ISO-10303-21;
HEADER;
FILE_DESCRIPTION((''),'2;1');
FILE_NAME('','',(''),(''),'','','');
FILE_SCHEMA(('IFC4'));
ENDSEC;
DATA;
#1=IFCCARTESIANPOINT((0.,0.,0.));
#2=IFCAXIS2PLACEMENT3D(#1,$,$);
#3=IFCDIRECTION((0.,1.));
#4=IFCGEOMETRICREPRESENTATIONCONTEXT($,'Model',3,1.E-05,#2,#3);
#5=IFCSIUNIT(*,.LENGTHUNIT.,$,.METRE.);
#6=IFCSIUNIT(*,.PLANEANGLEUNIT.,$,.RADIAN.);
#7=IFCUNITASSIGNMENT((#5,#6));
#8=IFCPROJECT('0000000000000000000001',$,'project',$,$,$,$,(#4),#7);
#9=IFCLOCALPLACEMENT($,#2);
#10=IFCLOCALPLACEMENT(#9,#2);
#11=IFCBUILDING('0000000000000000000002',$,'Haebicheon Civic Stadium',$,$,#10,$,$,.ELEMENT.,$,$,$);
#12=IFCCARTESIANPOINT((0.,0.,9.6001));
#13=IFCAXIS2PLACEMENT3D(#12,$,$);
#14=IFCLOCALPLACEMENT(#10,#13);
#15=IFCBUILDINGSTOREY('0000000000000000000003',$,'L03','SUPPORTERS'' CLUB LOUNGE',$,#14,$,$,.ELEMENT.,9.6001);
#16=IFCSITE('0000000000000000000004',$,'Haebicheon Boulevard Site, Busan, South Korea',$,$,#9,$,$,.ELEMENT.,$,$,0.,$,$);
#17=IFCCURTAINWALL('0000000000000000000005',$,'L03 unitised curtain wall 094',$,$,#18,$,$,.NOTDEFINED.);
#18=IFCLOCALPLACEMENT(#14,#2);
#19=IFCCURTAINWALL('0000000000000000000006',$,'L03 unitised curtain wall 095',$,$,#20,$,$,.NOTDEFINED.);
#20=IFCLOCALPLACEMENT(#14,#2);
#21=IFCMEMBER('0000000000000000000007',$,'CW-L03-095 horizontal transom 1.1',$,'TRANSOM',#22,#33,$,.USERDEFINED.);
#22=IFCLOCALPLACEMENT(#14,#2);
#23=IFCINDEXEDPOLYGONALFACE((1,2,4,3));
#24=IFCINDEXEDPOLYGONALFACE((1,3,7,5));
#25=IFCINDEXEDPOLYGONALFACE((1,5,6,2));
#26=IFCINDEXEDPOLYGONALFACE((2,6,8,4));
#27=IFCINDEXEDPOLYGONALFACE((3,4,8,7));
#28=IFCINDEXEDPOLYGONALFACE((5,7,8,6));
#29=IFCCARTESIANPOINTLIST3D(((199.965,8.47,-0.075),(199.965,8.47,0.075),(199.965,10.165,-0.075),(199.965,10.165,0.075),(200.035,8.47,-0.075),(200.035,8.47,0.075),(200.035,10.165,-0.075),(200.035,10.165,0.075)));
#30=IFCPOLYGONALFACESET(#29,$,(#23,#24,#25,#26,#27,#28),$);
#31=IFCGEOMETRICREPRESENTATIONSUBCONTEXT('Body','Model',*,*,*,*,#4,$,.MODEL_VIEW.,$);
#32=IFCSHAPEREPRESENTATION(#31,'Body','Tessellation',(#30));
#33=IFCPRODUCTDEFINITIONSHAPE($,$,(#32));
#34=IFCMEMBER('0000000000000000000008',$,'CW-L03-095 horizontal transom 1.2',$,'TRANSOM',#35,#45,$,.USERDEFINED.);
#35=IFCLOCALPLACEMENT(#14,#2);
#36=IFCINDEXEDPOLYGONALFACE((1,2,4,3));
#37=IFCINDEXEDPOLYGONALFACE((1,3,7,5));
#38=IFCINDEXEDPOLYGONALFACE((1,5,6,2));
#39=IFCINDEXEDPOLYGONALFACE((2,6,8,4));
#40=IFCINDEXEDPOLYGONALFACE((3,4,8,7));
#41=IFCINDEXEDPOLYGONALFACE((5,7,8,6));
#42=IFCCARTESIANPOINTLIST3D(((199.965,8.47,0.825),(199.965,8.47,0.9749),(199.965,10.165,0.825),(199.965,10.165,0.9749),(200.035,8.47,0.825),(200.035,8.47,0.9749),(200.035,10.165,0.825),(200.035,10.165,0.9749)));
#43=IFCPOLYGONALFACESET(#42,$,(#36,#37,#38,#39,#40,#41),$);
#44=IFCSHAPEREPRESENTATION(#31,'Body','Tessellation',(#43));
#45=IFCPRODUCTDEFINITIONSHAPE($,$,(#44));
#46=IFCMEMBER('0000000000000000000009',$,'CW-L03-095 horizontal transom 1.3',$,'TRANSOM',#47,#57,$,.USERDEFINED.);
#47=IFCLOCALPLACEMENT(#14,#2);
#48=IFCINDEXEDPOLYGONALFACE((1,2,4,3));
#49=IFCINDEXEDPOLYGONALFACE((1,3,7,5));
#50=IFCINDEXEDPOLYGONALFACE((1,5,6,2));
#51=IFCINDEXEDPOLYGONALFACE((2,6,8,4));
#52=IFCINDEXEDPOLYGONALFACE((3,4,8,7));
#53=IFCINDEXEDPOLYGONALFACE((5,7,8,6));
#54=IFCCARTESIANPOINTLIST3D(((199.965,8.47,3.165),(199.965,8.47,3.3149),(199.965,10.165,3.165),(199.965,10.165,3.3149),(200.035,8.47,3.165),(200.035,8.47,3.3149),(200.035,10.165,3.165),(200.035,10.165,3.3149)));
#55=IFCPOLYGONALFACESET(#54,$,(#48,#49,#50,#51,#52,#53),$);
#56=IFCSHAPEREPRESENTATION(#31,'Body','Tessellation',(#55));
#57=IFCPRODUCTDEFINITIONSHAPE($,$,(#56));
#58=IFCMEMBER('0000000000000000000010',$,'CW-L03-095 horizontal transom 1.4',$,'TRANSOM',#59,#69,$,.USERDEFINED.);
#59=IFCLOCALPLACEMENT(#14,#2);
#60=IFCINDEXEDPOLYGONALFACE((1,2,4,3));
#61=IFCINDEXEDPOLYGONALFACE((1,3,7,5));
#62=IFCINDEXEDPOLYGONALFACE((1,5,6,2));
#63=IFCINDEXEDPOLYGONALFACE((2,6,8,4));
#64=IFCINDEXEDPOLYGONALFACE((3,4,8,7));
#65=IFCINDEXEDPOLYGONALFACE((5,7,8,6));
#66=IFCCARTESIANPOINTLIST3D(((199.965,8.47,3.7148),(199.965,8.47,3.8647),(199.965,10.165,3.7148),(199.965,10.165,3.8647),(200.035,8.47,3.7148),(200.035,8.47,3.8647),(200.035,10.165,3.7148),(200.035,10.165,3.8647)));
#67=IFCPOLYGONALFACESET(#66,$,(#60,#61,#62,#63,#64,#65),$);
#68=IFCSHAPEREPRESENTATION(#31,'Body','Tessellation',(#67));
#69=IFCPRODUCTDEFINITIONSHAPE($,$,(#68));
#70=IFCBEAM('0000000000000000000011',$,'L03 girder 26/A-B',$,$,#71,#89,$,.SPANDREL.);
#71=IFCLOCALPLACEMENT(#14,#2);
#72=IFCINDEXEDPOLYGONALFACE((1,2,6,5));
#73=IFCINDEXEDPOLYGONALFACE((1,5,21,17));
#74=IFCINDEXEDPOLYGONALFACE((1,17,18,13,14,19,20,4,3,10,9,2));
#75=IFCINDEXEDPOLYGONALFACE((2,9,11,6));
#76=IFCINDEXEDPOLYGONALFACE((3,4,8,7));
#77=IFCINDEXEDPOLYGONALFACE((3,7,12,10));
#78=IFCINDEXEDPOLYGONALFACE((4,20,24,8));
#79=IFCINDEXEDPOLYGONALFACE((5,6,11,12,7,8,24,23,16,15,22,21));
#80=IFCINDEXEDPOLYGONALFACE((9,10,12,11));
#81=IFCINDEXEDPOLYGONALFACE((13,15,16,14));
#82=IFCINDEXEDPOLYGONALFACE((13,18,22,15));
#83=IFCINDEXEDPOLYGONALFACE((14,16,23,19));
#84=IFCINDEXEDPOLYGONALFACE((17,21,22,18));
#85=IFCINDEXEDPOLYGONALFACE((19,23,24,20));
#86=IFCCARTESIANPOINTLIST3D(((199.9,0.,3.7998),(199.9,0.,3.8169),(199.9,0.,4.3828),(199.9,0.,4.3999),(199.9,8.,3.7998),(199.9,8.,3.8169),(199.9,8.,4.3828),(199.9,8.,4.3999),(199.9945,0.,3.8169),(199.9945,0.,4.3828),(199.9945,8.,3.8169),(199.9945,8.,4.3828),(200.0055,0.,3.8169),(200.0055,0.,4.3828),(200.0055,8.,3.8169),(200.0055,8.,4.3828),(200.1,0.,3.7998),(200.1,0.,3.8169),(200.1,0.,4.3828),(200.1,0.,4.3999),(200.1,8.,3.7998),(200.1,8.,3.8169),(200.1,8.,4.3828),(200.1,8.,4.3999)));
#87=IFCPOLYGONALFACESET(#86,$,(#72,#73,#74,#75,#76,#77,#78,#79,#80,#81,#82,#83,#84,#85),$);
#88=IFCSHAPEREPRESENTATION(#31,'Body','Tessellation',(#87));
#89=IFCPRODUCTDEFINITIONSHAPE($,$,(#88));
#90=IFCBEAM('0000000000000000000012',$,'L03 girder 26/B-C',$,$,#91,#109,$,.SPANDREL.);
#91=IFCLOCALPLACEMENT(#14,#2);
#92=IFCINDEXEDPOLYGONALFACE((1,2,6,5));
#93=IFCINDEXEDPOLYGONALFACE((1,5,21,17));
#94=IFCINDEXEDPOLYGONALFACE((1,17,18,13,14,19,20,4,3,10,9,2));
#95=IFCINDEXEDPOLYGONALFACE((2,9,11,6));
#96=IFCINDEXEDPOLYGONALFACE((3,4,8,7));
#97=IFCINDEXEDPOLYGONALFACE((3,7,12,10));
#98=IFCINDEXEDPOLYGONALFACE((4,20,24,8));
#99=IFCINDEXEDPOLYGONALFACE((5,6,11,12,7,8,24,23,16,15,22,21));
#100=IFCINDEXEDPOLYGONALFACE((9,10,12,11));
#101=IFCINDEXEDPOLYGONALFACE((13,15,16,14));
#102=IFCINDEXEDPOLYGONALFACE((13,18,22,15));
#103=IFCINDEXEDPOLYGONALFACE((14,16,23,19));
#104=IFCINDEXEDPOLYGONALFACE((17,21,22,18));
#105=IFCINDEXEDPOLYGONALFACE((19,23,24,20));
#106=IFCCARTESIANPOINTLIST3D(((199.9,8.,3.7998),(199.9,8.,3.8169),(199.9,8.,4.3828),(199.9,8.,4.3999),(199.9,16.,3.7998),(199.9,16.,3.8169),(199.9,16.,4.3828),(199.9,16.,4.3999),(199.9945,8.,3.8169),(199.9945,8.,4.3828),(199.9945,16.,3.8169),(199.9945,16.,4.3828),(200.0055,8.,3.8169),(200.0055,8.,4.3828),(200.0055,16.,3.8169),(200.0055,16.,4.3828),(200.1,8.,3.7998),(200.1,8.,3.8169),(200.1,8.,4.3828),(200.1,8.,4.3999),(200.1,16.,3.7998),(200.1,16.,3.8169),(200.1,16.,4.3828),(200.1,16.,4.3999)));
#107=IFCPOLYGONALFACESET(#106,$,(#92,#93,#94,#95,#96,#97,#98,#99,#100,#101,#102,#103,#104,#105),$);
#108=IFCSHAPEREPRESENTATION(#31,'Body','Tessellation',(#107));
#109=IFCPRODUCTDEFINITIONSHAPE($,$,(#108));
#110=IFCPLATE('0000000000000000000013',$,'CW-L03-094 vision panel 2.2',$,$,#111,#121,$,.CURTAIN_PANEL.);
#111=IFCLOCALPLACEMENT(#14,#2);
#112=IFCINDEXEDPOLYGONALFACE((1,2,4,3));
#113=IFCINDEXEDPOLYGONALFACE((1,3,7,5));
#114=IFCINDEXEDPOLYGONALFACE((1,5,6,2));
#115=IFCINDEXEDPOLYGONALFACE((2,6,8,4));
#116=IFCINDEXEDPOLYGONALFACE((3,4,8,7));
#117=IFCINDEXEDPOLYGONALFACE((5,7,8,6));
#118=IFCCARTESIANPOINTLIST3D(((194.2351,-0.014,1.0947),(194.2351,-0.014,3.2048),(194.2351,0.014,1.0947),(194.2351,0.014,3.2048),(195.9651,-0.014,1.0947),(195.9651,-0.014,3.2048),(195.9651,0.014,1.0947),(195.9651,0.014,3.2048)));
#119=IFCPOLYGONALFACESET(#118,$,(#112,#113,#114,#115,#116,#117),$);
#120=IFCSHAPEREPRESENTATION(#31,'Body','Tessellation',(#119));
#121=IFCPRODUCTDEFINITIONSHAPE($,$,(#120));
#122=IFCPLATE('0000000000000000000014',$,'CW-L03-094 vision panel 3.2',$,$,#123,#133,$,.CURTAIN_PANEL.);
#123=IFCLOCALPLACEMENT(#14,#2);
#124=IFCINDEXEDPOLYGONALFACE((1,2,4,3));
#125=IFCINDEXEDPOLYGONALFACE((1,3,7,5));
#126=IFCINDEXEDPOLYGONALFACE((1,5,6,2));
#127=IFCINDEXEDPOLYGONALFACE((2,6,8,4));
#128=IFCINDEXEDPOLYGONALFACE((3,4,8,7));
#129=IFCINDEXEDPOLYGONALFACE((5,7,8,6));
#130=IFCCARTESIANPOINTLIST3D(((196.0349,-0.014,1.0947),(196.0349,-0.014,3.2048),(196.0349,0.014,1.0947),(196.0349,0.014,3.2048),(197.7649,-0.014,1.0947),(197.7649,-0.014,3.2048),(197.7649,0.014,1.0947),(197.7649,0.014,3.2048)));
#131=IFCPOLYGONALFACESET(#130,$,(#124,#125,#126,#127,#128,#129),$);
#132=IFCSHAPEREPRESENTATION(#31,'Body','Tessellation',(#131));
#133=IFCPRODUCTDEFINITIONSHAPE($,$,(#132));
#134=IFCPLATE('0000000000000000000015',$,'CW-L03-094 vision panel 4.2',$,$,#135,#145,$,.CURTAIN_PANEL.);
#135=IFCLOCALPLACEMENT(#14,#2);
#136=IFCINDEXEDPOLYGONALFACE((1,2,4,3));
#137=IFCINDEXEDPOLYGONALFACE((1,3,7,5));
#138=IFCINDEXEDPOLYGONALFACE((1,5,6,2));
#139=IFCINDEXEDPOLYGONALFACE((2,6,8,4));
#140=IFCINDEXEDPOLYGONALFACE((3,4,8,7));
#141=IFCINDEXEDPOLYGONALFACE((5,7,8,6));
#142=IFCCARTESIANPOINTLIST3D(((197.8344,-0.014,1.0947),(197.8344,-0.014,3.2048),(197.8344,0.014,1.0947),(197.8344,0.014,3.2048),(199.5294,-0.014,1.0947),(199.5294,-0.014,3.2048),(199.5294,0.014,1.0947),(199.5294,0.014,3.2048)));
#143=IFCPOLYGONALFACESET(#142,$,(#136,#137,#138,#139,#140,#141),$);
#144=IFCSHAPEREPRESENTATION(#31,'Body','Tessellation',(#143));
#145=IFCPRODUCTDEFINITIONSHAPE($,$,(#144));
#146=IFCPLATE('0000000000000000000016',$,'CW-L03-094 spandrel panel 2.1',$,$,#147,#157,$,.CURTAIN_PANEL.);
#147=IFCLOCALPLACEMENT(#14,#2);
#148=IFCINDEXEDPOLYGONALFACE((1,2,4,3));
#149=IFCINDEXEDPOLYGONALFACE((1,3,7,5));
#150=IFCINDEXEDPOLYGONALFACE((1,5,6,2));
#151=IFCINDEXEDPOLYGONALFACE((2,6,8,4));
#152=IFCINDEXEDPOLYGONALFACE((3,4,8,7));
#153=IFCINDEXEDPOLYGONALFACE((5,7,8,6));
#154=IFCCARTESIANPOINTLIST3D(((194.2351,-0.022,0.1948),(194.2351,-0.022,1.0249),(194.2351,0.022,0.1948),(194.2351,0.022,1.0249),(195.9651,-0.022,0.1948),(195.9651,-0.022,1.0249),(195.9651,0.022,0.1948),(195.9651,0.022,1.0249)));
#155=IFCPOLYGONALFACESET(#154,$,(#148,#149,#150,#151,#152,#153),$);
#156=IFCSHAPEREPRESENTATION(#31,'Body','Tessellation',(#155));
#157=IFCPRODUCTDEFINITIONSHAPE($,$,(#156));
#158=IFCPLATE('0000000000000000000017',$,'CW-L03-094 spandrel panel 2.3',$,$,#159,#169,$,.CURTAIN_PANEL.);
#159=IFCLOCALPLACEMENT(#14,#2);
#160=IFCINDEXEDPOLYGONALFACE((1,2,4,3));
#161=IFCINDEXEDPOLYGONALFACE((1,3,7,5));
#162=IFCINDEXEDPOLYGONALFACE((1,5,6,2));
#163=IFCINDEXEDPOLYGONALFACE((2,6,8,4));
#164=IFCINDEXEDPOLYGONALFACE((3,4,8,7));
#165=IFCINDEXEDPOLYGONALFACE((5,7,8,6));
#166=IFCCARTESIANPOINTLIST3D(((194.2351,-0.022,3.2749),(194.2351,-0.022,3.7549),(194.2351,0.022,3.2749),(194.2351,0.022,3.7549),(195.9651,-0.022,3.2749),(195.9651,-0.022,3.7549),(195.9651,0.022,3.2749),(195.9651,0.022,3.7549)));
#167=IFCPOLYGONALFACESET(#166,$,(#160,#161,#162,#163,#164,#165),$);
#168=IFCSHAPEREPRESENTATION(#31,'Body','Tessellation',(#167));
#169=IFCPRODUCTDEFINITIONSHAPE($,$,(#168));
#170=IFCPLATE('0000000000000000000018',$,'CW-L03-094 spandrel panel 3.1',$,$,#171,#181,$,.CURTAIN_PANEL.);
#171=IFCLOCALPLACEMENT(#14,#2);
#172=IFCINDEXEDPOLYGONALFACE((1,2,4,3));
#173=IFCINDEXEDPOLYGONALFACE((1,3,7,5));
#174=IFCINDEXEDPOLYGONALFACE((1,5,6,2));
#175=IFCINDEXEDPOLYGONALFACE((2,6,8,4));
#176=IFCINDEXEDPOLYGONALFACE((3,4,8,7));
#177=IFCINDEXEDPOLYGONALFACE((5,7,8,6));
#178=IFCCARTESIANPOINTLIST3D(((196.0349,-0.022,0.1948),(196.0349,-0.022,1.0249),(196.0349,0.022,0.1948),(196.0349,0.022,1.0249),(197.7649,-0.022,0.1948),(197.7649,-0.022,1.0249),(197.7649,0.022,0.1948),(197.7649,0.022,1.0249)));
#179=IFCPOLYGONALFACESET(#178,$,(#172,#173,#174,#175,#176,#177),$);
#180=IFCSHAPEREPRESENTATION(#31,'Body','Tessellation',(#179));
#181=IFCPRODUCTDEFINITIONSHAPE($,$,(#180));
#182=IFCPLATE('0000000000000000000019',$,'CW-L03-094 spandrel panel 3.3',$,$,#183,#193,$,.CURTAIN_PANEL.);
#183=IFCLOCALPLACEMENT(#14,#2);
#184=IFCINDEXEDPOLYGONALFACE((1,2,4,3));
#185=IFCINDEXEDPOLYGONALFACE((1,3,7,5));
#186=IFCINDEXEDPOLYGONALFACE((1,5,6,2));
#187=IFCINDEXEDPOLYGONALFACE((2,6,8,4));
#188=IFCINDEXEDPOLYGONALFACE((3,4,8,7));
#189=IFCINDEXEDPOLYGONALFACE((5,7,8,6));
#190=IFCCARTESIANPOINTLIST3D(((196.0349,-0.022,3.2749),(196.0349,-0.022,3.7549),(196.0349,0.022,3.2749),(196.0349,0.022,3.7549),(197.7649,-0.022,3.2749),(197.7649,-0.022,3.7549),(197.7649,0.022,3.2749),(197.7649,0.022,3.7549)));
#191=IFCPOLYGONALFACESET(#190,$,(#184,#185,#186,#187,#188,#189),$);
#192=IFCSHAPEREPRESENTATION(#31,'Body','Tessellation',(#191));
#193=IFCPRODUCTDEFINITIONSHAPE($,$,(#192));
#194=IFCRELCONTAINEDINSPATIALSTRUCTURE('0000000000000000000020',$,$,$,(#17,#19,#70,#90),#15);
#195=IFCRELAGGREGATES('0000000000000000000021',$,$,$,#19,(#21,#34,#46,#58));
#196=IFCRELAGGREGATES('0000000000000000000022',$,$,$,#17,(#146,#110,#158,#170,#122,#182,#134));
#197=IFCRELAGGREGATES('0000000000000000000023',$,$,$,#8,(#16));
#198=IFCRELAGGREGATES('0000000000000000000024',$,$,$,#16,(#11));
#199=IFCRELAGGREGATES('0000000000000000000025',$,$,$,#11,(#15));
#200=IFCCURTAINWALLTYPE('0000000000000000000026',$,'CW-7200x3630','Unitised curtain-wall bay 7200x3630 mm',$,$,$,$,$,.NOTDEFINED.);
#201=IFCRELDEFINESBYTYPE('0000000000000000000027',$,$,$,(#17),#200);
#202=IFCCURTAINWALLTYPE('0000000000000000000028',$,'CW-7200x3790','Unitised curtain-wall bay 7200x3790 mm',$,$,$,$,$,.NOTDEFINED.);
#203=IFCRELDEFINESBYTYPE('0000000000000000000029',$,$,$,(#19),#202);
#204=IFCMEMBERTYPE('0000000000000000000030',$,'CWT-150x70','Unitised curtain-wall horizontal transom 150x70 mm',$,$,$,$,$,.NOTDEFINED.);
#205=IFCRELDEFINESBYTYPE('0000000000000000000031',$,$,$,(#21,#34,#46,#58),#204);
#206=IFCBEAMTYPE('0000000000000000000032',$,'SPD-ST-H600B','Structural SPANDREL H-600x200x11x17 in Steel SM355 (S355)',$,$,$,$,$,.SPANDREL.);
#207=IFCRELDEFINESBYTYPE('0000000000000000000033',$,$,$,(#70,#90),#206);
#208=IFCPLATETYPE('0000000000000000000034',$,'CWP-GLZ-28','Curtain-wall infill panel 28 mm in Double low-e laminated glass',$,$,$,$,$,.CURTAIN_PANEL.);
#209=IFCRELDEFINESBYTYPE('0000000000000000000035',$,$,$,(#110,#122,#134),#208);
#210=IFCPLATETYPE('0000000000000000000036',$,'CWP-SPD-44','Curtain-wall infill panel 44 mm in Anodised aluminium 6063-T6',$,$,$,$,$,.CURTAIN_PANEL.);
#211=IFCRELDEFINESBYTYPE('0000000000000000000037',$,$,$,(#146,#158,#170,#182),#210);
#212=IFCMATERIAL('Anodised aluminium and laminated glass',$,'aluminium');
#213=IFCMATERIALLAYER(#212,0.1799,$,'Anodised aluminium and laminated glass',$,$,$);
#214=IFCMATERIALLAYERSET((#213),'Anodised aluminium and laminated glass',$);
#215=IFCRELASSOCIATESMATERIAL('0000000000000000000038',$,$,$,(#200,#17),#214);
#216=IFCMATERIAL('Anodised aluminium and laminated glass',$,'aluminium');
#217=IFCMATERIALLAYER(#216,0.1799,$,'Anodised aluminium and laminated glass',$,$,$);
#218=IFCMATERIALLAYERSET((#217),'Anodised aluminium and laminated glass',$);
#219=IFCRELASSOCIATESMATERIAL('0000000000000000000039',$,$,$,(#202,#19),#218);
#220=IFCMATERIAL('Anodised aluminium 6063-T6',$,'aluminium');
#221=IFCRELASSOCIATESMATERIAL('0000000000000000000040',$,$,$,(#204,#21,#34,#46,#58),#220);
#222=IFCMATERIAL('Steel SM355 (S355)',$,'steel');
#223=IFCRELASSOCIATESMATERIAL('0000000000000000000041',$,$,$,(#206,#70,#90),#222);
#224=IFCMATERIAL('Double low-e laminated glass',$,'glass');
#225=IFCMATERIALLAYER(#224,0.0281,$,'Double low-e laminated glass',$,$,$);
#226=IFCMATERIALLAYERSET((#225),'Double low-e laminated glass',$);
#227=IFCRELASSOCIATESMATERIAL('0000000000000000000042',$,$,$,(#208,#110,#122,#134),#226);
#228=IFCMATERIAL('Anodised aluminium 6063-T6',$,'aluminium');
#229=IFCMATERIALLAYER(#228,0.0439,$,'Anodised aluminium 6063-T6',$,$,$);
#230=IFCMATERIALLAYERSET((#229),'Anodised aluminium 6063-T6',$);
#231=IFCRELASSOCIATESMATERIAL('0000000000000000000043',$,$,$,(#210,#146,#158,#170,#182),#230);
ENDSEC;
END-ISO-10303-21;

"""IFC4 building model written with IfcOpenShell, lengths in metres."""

from ifc_helpers import new_model, si_unit, direction, frame, origin, origin_2d, place, context, subcontext, project, spatial, rectangle, i_section, extrude, material, layer, layer_set, material_profile, profile_set, type_object, element, aggregate, save


model = new_model("IFC4")

# Units and contexts
model_context = context("Model", 3, precision=1e-05, world=origin(), true_north=direction((0.0, 1.0)))
body_context = subcontext(model_context, "Body", "Model", "MODEL_VIEW")
ifc_project = project(units=[si_unit("LENGTHUNIT", "METRE"), si_unit("PLANEANGLEUNIT", "RADIAN")], contexts=[model_context])

# Site, building, storey
site_placement = place(None, origin())
site = spatial("IfcSite", under=ifc_project, at=site_placement, Name="Haebicheon Boulevard Site, Busan, South Korea", CompositionType="ELEMENT", RefElevation=0.0)
building_placement = place(site_placement, origin())
building = spatial("IfcBuilding", under=site, at=building_placement, Name="Haebicheon Civic Stadium", CompositionType="ELEMENT")
storey_placement = place(building_placement, frame((0.0, 0.0, 9.6001)))
storey = spatial("IfcBuildingStorey", under=building, at=storey_placement, Name="L03", Description="SUPPORTERS' CLUB LOUNGE", CompositionType="ELEMENT", Elevation=9.6001)

# Curtain wall
ifc_material_1 = material(Name="Anodised aluminium and laminated glass", Category="aluminium")
ifc_layer_1 = layer(ifc_material_1, 0.1799, Name="Anodised aluminium and laminated glass")
ifc_layer_set_1 = layer_set([ifc_layer_1], Name="Anodised aluminium and laminated glass")
curtain_wall_type_1 = type_object("IfcCurtainWallType", Name="CW-7200x3630", Description="Unitised curtain-wall bay 7200x3630 mm", PredefinedType="NOTDEFINED", material=ifc_layer_set_1)
curtain_wall_1_placement = place(storey_placement, origin())
curtain_wall_1 = element("IfcCurtainWall", 1, at=curtain_wall_1_placement, inside=storey, type_object=curtain_wall_type_1, material=ifc_layer_set_1, Name="L03 unitised curtain wall 094", PredefinedType="NOTDEFINED")

# Curtain wall
ifc_material_2 = material(Name="Anodised aluminium and laminated glass", Category="aluminium")
ifc_layer_2 = layer(ifc_material_2, 0.1799, Name="Anodised aluminium and laminated glass")
ifc_layer_set_2 = layer_set([ifc_layer_2], Name="Anodised aluminium and laminated glass")
curtain_wall_type_2 = type_object("IfcCurtainWallType", Name="CW-7200x3790", Description="Unitised curtain-wall bay 7200x3790 mm", PredefinedType="NOTDEFINED", material=ifc_layer_set_2)
curtain_wall_2_placement = place(storey_placement, origin())
curtain_wall_2 = element("IfcCurtainWall", 2, at=curtain_wall_2_placement, inside=storey, type_object=curtain_wall_type_2, material=ifc_layer_set_2, Name="L03 unitised curtain wall 095", PredefinedType="NOTDEFINED")

# Members
ifc_material_3 = material(Name="Anodised aluminium 6063-T6", Category="aluminium")
ifc_material_profile_1 = material_profile(ifc_material_3, rectangle(XDim=0.0701, YDim=0.1499, at=origin_2d()), Name="ALU-TRAN-70x150")
ifc_profile_set_1 = profile_set([ifc_material_profile_1], Name="Anodised aluminium 6063-T6")
member_type_1 = type_object("IfcMemberType", Name="CWT-150x70", Description="Unitised curtain-wall horizontal transom 150x70 mm", PredefinedType="NOTDEFINED", material=ifc_profile_set_1)
member_1_placement = place(storey_placement, frame((200.0, 8.47, 0.0), z_axis=(0.0, 1.0, 0.0), x_axis=(-1.0, 0.0, 0.0)))
member_1 = element("IfcMember", 3, at=member_1_placement, type_object=member_type_1, material=ifc_profile_set_1, Name="CW-L03-095 horizontal transom 1.1", ObjectType="TRANSOM", PredefinedType="USERDEFINED", context=body_context, shape_type="SweptSolid", body=[
    extrude(rectangle(XDim=0.0701, YDim=0.1499, at=origin_2d()), origin(), (0.0, 0.0, 1.0), 1.6951),
])
member_2_placement = place(storey_placement, frame((200.0, 8.47, 0.8999), z_axis=(0.0, 1.0, 0.0), x_axis=(-1.0, 0.0, 0.0)))
member_2 = element("IfcMember", 4, at=member_2_placement, type_object=member_type_1, material=ifc_profile_set_1, Name="CW-L03-095 horizontal transom 1.2", ObjectType="TRANSOM", PredefinedType="USERDEFINED", context=body_context, shape_type="SweptSolid", body=[
    extrude(rectangle(XDim=0.0701, YDim=0.1499, at=origin_2d()), origin(), (0.0, 0.0, 1.0), 1.6951),
])
member_3_placement = place(storey_placement, frame((200.0, 8.47, 3.24), z_axis=(0.0, 1.0, 0.0), x_axis=(-1.0, 0.0, 0.0)))
member_3 = element("IfcMember", 5, at=member_3_placement, type_object=member_type_1, material=ifc_profile_set_1, Name="CW-L03-095 horizontal transom 1.3", ObjectType="TRANSOM", PredefinedType="USERDEFINED", context=body_context, shape_type="SweptSolid", body=[
    extrude(rectangle(XDim=0.0701, YDim=0.1499, at=origin_2d()), origin(), (0.0, 0.0, 1.0), 1.6951),
])
member_4_placement = place(storey_placement, frame((200.0, 8.47, 3.7898), z_axis=(0.0, 1.0, 0.0), x_axis=(-1.0, 0.0, 0.0)))
member_4 = element("IfcMember", 6, at=member_4_placement, type_object=member_type_1, material=ifc_profile_set_1, Name="CW-L03-095 horizontal transom 1.4", ObjectType="TRANSOM", PredefinedType="USERDEFINED", context=body_context, shape_type="SweptSolid", body=[
    extrude(rectangle(XDim=0.0701, YDim=0.1499, at=origin_2d()), origin(), (0.0, 0.0, 1.0), 1.6951),
])
aggregate(curtain_wall_2, [member_1, member_2, member_3, member_4])

# Beams
ifc_material_4 = material(Name="Steel SM355 (S355)", Category="steel")
ifc_material_profile_2 = material_profile(ifc_material_4, i_section(OverallWidth=0.2, OverallDepth=0.6001, WebThickness=0.011, FlangeThickness=0.0171, at=origin_2d()), Name="H-600x200x11x17")
ifc_profile_set_2 = profile_set([ifc_material_profile_2], Name="Steel SM355 (S355)")
beam_type = type_object("IfcBeamType", Name="SPD-ST-H600B", Description="Structural SPANDREL H-600x200x11x17 in Steel SM355 (S355)", PredefinedType="SPANDREL", material=ifc_profile_set_2)
for number, where, z_axis, x_axis, name in (
    (7, (200.0, 0.0, 4.0999), (0.0, 1.0, 0.0), (-1.0, 0.0, 0.0), "L03 girder 26/A-B"),
    (8, (200.0, 8.0, 4.0999), (0.0, 1.0, 0.0), (-1.0, 0.0, 0.0), "L03 girder 26/B-C"),
):
    element("IfcBeam", number, at=place(storey_placement, frame(where, z_axis=z_axis, x_axis=x_axis)), inside=storey, type_object=beam_type, material=ifc_profile_set_2, Name=name, PredefinedType="SPANDREL", context=body_context, shape_type="SweptSolid", body=[
        extrude(i_section(OverallWidth=0.2, OverallDepth=0.6001, WebThickness=0.011, FlangeThickness=0.0171, at=origin_2d()), origin(), (0.0, 0.0, 1.0), 8.0),
    ])

# Plates
ifc_material_5 = material(Name="Double low-e laminated glass", Category="glass")
ifc_layer_3 = layer(ifc_material_5, 0.0281, Name="Double low-e laminated glass")
ifc_layer_set_3 = layer_set([ifc_layer_3], Name="Double low-e laminated glass")
plate_type_1 = type_object("IfcPlateType", Name="CWP-GLZ-28", Description="Curtain-wall infill panel 28 mm in Double low-e laminated glass", PredefinedType="CURTAIN_PANEL", material=ifc_layer_set_3)
plate_1_placement = place(storey_placement, frame((195.1001, 0.0, 1.0947), z_axis=(0.0, 0.0, 1.0), x_axis=(1.0, 0.0, 0.0)))
plate_1 = element("IfcPlate", 9, at=plate_1_placement, type_object=plate_type_1, material=ifc_layer_set_3, Name="CW-L03-094 vision panel 2.2", PredefinedType="CURTAIN_PANEL", context=body_context, shape_type="SweptSolid", body=[
    extrude(rectangle(XDim=1.73, YDim=0.0281, at=origin_2d()), origin(), (0.0, 0.0, 1.0), 2.1101),
])
plate_2_placement = place(storey_placement, frame((196.8999, 0.0, 1.0947), z_axis=(0.0, 0.0, 1.0), x_axis=(1.0, 0.0, 0.0)))
plate_2 = element("IfcPlate", 10, at=plate_2_placement, type_object=plate_type_1, material=ifc_layer_set_3, Name="CW-L03-094 vision panel 3.2", PredefinedType="CURTAIN_PANEL", context=body_context, shape_type="SweptSolid", body=[
    extrude(rectangle(XDim=1.73, YDim=0.0281, at=origin_2d()), origin(), (0.0, 0.0, 1.0), 2.1101),
])
plate_3_placement = place(storey_placement, frame((198.6819, 0.0, 1.0947), z_axis=(0.0, 0.0, 1.0), x_axis=(1.0, 0.0, 0.0)))
plate_3 = element("IfcPlate", 11, at=plate_3_placement, type_object=plate_type_1, material=ifc_layer_set_3, Name="CW-L03-094 vision panel 4.2", PredefinedType="CURTAIN_PANEL", context=body_context, shape_type="SweptSolid", body=[
    extrude(rectangle(XDim=1.6951, YDim=0.0281, at=origin_2d()), origin(), (0.0, 0.0, 1.0), 2.1101),
])
ifc_material_6 = material(Name="Anodised aluminium 6063-T6", Category="aluminium")
ifc_layer_4 = layer(ifc_material_6, 0.0439, Name="Anodised aluminium 6063-T6")
ifc_layer_set_4 = layer_set([ifc_layer_4], Name="Anodised aluminium 6063-T6")
plate_type_2 = type_object("IfcPlateType", Name="CWP-SPD-44", Description="Curtain-wall infill panel 44 mm in Anodised aluminium 6063-T6", PredefinedType="CURTAIN_PANEL", material=ifc_layer_set_4)
plate_4_placement = place(storey_placement, frame((195.1001, 0.0, 0.1948), z_axis=(0.0, 0.0, 1.0), x_axis=(1.0, 0.0, 0.0)))
plate_4 = element("IfcPlate", 12, at=plate_4_placement, type_object=plate_type_2, material=ifc_layer_set_4, Name="CW-L03-094 spandrel panel 2.1", PredefinedType="CURTAIN_PANEL", context=body_context, shape_type="SweptSolid", body=[
    extrude(rectangle(XDim=1.73, YDim=0.0439, at=origin_2d()), origin(), (0.0, 0.0, 1.0), 0.8301),
])
plate_5_placement = place(storey_placement, frame((195.1001, 0.0, 3.2749), z_axis=(0.0, 0.0, 1.0), x_axis=(1.0, 0.0, 0.0)))
plate_5 = element("IfcPlate", 13, at=plate_5_placement, type_object=plate_type_2, material=ifc_layer_set_4, Name="CW-L03-094 spandrel panel 2.3", PredefinedType="CURTAIN_PANEL", context=body_context, shape_type="SweptSolid", body=[
    extrude(rectangle(XDim=1.73, YDim=0.0439, at=origin_2d()), origin(), (0.0, 0.0, 1.0), 0.48),
])
plate_6_placement = place(storey_placement, frame((196.8999, 0.0, 0.1948), z_axis=(0.0, 0.0, 1.0), x_axis=(1.0, 0.0, 0.0)))
plate_6 = element("IfcPlate", 14, at=plate_6_placement, type_object=plate_type_2, material=ifc_layer_set_4, Name="CW-L03-094 spandrel panel 3.1", PredefinedType="CURTAIN_PANEL", context=body_context, shape_type="SweptSolid", body=[
    extrude(rectangle(XDim=1.73, YDim=0.0439, at=origin_2d()), origin(), (0.0, 0.0, 1.0), 0.8301),
])
plate_7_placement = place(storey_placement, frame((196.8999, 0.0, 3.2749), z_axis=(0.0, 0.0, 1.0), x_axis=(1.0, 0.0, 0.0)))
plate_7 = element("IfcPlate", 15, at=plate_7_placement, type_object=plate_type_2, material=ifc_layer_set_4, Name="CW-L03-094 spandrel panel 3.3", PredefinedType="CURTAIN_PANEL", context=body_context, shape_type="SweptSolid", body=[
    extrude(rectangle(XDim=1.73, YDim=0.0439, at=origin_2d()), origin(), (0.0, 0.0, 1.0), 0.48),
])
aggregate(curtain_wall_1, [plate_4, plate_1, plate_5, plate_6, plate_2, plate_7, plate_3])

save(model, "model.ifc")
